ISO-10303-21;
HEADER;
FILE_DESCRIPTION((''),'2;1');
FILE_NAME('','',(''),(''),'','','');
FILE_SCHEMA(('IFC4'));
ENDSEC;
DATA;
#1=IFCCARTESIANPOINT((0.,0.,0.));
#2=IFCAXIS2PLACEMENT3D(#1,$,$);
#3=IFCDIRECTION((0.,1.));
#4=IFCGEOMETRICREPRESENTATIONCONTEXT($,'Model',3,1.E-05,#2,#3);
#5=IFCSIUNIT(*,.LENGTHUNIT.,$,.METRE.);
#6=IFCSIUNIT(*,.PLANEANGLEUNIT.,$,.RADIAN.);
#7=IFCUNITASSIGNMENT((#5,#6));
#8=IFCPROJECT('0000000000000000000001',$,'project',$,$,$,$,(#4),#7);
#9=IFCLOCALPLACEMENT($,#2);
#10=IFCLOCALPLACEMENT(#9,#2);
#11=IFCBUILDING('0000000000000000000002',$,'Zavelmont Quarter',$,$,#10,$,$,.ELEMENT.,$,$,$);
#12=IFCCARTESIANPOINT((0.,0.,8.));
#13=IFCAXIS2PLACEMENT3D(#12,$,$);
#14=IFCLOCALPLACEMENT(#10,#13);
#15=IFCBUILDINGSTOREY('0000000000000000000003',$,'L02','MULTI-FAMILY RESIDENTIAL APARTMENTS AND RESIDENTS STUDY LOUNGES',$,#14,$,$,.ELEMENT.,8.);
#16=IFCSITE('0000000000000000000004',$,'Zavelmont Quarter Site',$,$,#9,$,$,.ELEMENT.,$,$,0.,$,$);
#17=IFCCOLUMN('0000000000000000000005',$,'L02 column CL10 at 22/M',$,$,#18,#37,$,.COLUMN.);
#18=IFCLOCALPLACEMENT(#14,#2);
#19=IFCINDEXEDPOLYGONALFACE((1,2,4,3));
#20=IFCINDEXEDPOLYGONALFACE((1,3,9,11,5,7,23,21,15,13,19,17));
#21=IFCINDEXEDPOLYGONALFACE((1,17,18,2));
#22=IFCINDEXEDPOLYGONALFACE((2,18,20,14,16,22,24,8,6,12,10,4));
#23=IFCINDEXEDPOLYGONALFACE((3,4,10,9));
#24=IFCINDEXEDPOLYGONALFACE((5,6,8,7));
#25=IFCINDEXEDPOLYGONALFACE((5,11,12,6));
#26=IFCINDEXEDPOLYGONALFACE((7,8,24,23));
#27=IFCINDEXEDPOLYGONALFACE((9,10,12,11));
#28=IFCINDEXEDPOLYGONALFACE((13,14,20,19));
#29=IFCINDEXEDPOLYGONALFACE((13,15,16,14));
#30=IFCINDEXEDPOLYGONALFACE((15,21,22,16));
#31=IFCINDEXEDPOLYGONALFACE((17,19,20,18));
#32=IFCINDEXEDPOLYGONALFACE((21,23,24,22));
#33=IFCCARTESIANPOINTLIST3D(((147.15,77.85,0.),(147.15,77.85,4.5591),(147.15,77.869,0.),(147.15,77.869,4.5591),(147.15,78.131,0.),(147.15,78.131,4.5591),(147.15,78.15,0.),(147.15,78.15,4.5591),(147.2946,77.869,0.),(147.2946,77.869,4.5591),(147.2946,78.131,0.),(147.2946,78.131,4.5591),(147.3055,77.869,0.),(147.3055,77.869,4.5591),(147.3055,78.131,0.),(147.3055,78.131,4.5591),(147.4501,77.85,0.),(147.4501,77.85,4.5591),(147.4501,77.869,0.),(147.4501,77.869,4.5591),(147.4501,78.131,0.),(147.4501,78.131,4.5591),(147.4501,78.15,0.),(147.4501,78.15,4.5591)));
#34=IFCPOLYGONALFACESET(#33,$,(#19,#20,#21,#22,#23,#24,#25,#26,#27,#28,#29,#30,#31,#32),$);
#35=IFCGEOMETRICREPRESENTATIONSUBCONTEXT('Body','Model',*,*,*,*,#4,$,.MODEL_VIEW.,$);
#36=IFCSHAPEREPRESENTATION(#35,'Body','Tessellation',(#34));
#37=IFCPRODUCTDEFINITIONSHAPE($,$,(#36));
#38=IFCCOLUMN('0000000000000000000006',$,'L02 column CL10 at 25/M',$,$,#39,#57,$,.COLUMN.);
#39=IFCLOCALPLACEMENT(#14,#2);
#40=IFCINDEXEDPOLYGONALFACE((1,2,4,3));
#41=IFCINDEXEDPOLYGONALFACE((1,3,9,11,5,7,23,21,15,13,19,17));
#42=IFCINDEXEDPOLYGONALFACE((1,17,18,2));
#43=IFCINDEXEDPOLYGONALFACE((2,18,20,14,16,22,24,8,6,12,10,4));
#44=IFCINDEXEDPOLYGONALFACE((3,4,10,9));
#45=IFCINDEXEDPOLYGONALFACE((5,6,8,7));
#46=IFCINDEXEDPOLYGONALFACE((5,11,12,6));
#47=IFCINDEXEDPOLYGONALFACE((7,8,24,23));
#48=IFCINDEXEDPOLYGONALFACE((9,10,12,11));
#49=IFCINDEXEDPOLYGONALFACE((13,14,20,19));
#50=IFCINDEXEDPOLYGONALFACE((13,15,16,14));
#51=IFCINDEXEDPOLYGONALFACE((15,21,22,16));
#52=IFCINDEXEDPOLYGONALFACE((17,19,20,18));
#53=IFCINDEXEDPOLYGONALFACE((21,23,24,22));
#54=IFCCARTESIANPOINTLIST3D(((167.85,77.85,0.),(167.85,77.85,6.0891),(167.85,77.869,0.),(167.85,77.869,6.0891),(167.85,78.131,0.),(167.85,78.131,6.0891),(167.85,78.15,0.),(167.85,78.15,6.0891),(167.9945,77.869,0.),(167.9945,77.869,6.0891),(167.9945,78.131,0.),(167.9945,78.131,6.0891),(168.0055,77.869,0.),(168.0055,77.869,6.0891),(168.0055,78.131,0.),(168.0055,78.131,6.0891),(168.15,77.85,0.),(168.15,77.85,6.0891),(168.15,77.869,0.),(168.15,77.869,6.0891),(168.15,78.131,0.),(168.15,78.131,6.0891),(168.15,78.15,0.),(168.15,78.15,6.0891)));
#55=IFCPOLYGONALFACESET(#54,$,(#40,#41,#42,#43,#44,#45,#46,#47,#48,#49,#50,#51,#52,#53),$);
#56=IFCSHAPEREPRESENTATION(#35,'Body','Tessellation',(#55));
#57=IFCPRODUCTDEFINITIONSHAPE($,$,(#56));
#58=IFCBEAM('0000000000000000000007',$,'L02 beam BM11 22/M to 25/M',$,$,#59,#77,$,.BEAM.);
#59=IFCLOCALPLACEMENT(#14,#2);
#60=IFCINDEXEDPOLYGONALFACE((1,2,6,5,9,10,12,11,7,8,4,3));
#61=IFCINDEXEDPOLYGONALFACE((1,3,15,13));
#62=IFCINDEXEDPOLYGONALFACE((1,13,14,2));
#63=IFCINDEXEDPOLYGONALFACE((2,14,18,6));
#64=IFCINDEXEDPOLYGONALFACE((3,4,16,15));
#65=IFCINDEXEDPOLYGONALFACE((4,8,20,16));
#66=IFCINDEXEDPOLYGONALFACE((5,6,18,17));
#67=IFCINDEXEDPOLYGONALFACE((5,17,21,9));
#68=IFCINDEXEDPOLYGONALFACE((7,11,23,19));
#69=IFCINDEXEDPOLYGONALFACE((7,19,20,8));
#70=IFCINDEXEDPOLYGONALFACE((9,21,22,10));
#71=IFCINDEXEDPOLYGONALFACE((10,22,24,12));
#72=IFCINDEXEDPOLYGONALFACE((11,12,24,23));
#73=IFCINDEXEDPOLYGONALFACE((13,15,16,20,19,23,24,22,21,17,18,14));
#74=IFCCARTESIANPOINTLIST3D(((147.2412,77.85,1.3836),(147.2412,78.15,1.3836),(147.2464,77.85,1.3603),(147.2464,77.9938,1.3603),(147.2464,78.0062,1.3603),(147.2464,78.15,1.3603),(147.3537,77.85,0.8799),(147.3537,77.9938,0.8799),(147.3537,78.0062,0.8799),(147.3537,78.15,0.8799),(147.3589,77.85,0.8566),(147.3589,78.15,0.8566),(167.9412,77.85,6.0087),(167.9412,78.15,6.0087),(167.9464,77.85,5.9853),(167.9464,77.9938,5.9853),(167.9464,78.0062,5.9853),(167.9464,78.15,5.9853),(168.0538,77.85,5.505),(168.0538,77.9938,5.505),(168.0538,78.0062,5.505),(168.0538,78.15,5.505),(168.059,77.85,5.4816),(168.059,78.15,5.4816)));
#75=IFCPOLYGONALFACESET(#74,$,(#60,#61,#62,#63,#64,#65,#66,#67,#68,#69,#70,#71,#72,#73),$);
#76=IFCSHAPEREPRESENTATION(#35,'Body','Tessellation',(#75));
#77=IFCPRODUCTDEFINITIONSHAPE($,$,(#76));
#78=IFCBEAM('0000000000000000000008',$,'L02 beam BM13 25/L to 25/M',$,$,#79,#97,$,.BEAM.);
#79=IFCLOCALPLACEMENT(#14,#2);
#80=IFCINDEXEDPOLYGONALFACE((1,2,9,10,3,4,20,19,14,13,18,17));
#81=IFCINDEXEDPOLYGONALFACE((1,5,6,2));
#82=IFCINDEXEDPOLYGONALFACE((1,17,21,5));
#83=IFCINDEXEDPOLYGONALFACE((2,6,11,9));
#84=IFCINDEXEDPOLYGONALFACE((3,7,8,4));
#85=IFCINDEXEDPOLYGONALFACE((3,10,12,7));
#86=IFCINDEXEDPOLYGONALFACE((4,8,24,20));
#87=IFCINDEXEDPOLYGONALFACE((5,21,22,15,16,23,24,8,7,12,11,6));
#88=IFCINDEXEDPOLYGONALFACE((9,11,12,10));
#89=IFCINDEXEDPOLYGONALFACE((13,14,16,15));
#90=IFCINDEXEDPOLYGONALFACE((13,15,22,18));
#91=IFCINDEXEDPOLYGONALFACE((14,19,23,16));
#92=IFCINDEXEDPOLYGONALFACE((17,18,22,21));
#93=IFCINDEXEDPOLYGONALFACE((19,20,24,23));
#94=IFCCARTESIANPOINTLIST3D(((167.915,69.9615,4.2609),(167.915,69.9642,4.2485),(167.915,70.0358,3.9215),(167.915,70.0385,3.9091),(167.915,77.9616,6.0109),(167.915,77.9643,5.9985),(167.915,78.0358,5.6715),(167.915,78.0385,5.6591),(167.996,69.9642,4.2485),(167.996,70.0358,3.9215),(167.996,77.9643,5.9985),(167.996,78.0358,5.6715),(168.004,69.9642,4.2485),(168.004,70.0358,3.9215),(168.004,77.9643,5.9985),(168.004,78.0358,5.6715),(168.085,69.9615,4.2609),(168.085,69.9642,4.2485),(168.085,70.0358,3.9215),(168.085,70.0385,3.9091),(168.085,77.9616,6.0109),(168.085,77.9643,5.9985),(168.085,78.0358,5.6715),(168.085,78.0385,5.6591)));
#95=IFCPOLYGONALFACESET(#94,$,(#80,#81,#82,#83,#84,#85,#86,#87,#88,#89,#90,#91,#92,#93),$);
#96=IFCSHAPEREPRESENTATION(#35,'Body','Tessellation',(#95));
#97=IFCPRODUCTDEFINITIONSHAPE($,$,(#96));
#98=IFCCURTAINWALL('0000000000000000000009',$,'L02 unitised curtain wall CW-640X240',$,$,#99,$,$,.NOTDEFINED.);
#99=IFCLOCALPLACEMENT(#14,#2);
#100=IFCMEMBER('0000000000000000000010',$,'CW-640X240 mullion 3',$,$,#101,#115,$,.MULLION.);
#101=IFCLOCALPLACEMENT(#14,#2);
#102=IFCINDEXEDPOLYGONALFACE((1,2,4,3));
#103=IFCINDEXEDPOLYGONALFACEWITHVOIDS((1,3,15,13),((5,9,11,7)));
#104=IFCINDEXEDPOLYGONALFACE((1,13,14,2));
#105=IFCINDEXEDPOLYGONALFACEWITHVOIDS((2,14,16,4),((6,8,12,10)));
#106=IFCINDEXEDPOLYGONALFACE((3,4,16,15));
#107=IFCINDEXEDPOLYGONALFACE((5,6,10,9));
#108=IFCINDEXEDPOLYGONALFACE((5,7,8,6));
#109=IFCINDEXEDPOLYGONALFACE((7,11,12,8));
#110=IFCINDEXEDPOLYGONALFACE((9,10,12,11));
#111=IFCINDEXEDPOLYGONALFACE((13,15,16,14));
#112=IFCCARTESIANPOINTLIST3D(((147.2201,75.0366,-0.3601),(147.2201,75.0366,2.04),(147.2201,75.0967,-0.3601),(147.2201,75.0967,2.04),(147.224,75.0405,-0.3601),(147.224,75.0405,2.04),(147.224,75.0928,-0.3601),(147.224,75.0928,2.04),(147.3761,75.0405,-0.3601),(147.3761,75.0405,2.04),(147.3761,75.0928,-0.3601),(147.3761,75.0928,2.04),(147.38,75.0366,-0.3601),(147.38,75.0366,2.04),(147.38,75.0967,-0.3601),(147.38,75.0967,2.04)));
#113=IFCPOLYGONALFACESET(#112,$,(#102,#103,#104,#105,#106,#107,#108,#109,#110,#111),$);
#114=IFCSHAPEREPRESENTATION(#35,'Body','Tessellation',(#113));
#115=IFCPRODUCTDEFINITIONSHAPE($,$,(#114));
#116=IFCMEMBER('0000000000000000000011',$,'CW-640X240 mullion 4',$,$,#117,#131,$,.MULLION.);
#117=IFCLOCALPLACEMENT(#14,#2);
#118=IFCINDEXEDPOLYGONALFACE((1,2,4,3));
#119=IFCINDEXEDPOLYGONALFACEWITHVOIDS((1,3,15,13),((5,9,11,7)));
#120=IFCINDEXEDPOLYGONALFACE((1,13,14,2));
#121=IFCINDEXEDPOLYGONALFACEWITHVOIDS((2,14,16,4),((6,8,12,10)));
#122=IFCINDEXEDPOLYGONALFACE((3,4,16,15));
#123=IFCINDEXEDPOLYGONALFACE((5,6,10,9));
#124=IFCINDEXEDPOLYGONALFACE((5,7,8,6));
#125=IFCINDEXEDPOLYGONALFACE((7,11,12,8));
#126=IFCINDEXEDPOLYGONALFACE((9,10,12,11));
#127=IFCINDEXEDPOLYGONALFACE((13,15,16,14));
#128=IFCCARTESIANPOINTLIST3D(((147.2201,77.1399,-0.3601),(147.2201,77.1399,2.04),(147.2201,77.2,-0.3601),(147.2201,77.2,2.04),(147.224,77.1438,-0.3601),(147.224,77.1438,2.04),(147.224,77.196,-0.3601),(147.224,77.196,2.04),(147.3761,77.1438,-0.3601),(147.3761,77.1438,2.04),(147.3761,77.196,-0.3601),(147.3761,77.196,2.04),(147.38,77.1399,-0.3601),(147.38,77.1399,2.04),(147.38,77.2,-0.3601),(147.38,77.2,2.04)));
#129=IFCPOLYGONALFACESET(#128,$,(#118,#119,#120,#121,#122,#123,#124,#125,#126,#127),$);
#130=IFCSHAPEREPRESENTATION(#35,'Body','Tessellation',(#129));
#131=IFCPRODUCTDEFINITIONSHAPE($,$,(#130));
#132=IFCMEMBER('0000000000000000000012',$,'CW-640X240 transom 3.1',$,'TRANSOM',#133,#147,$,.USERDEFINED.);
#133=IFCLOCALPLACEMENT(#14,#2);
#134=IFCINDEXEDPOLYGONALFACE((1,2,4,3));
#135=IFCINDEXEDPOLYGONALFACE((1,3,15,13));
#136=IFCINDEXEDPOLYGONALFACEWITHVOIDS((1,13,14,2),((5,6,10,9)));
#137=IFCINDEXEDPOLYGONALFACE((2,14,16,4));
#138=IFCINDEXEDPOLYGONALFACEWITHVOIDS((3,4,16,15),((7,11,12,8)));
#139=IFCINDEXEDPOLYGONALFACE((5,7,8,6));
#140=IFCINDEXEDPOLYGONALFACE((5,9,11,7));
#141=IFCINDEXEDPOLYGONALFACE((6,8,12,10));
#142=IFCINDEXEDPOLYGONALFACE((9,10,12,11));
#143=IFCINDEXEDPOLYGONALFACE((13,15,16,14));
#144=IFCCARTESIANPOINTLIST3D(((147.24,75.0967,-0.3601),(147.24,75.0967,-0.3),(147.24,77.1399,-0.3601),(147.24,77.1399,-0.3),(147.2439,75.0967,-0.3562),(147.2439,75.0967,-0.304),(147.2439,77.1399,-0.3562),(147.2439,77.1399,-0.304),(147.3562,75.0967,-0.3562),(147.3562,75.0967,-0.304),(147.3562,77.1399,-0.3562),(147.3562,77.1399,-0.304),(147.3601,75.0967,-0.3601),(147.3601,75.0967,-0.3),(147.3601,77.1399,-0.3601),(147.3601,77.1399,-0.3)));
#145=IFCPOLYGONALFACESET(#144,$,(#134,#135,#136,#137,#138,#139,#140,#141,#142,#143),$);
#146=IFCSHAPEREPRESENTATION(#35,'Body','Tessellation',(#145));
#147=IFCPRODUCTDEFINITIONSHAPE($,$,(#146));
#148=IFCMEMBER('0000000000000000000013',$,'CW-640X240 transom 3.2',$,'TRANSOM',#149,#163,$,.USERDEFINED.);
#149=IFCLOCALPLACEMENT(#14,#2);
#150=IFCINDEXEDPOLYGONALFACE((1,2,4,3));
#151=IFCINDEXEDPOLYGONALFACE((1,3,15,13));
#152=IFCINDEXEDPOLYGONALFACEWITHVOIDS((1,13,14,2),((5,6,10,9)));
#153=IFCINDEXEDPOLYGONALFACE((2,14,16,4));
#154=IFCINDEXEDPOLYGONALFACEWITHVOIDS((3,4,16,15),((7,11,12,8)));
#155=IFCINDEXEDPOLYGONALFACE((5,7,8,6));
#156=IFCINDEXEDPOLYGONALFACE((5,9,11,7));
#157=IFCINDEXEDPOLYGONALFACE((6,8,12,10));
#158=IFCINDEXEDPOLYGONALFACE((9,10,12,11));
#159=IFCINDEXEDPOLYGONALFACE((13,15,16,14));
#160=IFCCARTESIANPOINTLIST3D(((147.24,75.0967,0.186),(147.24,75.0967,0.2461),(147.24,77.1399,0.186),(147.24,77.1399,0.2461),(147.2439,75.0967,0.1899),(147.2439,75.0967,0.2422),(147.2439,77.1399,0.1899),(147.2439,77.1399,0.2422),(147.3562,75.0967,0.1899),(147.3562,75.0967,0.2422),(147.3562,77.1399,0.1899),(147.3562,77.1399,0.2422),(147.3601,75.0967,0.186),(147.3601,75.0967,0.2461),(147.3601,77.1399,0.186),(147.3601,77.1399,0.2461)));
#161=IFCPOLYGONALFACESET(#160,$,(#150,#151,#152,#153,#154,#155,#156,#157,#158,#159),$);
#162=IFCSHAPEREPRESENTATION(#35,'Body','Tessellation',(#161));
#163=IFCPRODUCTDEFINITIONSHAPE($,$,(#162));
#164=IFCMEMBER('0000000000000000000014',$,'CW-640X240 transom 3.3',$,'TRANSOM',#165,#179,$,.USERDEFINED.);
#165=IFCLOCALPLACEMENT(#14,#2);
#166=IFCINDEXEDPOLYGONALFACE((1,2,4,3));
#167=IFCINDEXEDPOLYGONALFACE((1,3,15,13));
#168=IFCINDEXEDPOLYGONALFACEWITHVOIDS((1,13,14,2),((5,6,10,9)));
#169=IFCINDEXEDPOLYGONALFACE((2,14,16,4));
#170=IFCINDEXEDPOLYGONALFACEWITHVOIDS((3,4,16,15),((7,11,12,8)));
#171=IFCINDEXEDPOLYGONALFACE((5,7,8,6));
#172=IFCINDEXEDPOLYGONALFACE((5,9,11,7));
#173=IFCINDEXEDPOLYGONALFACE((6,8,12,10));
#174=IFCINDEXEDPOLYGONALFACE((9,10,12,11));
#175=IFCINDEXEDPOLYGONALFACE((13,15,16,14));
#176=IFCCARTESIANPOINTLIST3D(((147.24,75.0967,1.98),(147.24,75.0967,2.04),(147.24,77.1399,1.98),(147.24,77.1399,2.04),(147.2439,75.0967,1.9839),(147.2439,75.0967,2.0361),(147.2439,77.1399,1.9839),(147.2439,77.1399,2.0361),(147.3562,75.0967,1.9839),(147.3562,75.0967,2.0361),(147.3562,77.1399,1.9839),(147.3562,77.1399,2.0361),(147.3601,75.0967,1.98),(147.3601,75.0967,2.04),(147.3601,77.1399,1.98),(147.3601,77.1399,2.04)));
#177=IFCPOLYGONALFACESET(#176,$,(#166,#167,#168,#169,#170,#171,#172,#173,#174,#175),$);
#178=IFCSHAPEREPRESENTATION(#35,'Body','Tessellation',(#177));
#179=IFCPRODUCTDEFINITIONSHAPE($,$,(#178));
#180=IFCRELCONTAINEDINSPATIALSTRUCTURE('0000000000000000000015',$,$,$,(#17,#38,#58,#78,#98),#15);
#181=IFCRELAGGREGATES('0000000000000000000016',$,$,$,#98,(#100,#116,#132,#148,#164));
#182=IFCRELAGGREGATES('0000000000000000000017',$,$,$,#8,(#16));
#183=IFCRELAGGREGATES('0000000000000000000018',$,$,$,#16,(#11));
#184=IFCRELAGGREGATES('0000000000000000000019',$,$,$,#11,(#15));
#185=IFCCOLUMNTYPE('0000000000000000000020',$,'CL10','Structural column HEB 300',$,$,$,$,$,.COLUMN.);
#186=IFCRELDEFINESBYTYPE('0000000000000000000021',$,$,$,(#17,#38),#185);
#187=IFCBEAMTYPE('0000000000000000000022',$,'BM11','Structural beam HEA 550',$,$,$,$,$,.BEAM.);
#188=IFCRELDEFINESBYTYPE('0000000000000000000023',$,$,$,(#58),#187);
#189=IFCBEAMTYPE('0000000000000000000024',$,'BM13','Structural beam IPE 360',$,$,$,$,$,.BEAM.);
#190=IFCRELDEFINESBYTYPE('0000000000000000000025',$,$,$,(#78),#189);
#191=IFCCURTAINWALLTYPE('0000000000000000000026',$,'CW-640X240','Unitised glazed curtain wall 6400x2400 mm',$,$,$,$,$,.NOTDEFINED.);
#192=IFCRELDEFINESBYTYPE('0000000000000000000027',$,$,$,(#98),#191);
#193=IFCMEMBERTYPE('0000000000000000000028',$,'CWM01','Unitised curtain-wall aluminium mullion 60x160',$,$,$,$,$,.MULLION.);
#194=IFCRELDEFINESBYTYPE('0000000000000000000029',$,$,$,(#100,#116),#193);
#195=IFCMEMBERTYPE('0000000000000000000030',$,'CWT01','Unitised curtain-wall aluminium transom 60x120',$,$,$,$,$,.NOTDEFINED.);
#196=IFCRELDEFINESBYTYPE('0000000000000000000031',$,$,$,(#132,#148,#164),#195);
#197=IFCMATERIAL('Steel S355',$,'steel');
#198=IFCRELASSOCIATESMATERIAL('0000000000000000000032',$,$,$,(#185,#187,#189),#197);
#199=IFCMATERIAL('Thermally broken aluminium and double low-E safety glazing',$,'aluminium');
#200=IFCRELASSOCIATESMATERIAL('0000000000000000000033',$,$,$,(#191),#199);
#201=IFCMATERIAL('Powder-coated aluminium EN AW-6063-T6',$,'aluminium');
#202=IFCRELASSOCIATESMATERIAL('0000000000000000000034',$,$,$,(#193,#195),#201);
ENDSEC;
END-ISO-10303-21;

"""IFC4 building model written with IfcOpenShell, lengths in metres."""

from ifc_helpers import new_model, si_unit, direction, frame, origin, origin_2d, place, context, subcontext, project, spatial, hollow_rectangle, i_section, extrude, material, material_profile, profile_set, type_object, element, aggregate, save


model = new_model("IFC4")

# Units and contexts
model_context = context("Model", 3, precision=1e-05, world=origin(), true_north=direction((0.0, 1.0)))
body_context = subcontext(model_context, "Body", "Model", "MODEL_VIEW")
ifc_project = project(units=[si_unit("LENGTHUNIT", "METRE"), si_unit("PLANEANGLEUNIT", "RADIAN")], contexts=[model_context])

# Site, building, storey
site_placement = place(None, origin())
site = spatial("IfcSite", under=ifc_project, at=site_placement, Name="Zavelmont Quarter Site", CompositionType="ELEMENT", RefElevation=0.0)
building_placement = place(site_placement, origin())
building = spatial("IfcBuilding", under=site, at=building_placement, Name="Zavelmont Quarter", CompositionType="ELEMENT")
storey_placement = place(building_placement, frame((0.0, 0.0, 8.0)))
storey = spatial("IfcBuildingStorey", under=building, at=storey_placement, Name="L02", Description="MULTI-FAMILY RESIDENTIAL APARTMENTS AND RESIDENTS STUDY LOUNGES", CompositionType="ELEMENT", Elevation=8.0)

# Columns
ifc_material_1 = material(Name="Steel S355", Category="steel")
ifc_material_profile_1 = material_profile(ifc_material_1, i_section(OverallWidth=0.3, OverallDepth=0.3, WebThickness=0.011, FlangeThickness=0.019, at=origin_2d()), Name="HEB 300")
ifc_profile_set_1 = profile_set([ifc_material_profile_1], Name="Steel S355")
column_type = type_object("IfcColumnType", Name="CL10", Description="Structural column HEB 300", PredefinedType="COLUMN", material=ifc_profile_set_1)
column_1_placement = place(storey_placement, frame((147.3, 78.0, 0.0), z_axis=(0.0, 0.0, 1.0), x_axis=(1.0, 0.0, 0.0)))
element("IfcColumn", 1, at=column_1_placement, inside=storey, type_object=column_type, Name="L02 column CL10 at 22/M", PredefinedType="COLUMN", context=body_context, shape_type="SweptSolid", body=[
    extrude(i_section(OverallWidth=0.3, OverallDepth=0.3, WebThickness=0.011, FlangeThickness=0.019, at=origin_2d()), origin(), (0.0, 0.0, 1.0), 4.5591),
])
column_2_placement = place(storey_placement, frame((168.0, 78.0, 0.0), z_axis=(0.0, 0.0, 1.0), x_axis=(1.0, 0.0, 0.0)))
element("IfcColumn", 2, at=column_2_placement, inside=storey, type_object=column_type, Name="L02 column CL10 at 25/M", PredefinedType="COLUMN", context=body_context, shape_type="SweptSolid", body=[
    extrude(i_section(OverallWidth=0.3, OverallDepth=0.3, WebThickness=0.011, FlangeThickness=0.019, at=origin_2d()), origin(), (0.0, 0.0, 1.0), 6.0891),
])

# Beams
ifc_material_profile_2 = material_profile(ifc_material_1, i_section(OverallWidth=0.3, OverallDepth=0.54, WebThickness=0.0125, FlangeThickness=0.0239, at=origin_2d()), Name="HEA 550")
ifc_profile_set_2 = profile_set([ifc_material_profile_2], Name="Steel S355")
beam_type_1 = type_object("IfcBeamType", Name="BM11", Description="Structural beam HEA 550", PredefinedType="BEAM", material=ifc_profile_set_2)
beam_1_placement = place(storey_placement, frame((147.3, 78.0, 1.1201), z_axis=(0.975937, 0.0, 0.218054), x_axis=(0.0, 1.0, 0.0)))
element("IfcBeam", 3, at=beam_1_placement, inside=storey, type_object=beam_type_1, Name="L02 beam BM11 22/M to 25/M", PredefinedType="BEAM", context=body_context, shape_type="SweptSolid", body=[
    extrude(i_section(OverallWidth=0.3, OverallDepth=0.54, WebThickness=0.0125, FlangeThickness=0.0239, at=origin_2d()), origin(), (0.0, 0.0, 1.0), 21.2104),
])
ifc_material_profile_3 = material_profile(ifc_material_1, i_section(OverallWidth=0.1699, OverallDepth=0.3601, WebThickness=0.0081, FlangeThickness=0.0127, at=origin_2d()), Name="IPE 360")
ifc_profile_set_3 = profile_set([ifc_material_profile_3], Name="Steel S355")
beam_type_2 = type_object("IfcBeamType", Name="BM13", Description="Structural beam IPE 360", PredefinedType="BEAM", material=ifc_profile_set_3)
beam_2_placement = place(storey_placement, frame((168.0, 70.0, 4.085), z_axis=(0.0, 0.9769, 0.213697), x_axis=(-1.0, 0.0, 0.0)))
element("IfcBeam", 4, at=beam_2_placement, inside=storey, type_object=beam_type_2, Name="L02 beam BM13 25/L to 25/M", PredefinedType="BEAM", context=body_context, shape_type="SweptSolid", body=[
    extrude(i_section(OverallWidth=0.1699, OverallDepth=0.3601, WebThickness=0.0081, FlangeThickness=0.0127, at=origin_2d()), origin(), (0.0, 0.0, 1.0), 8.1892),
])

# Curtain wall, members
ifc_material_2 = material(Name="Thermally broken aluminium and double low-E safety glazing", Category="aluminium")
curtain_wall_type = type_object("IfcCurtainWallType", Name="CW-640X240", Description="Unitised glazed curtain wall 6400x2400 mm", PredefinedType="NOTDEFINED", material=ifc_material_2)
curtain_wall_placement = place(storey_placement, origin())
curtain_wall = element("IfcCurtainWall", 5, at=curtain_wall_placement, inside=storey, type_object=curtain_wall_type, Name="L02 unitised curtain wall CW-640X240", PredefinedType="NOTDEFINED")
ifc_material_3 = material(Name="Powder-coated aluminium EN AW-6063-T6", Category="aluminium")
ifc_material_profile_4 = material_profile(ifc_material_3, hollow_rectangle(XDim=0.0601, YDim=0.1599, WallThickness=0.0039, at=origin_2d()), Name="CWM60X160")
ifc_profile_set_4 = profile_set([ifc_material_profile_4], Name="Powder-coated aluminium EN AW-6063-T6")
member_type_1 = type_object("IfcMemberType", Name="CWM01", Description="Unitised curtain-wall aluminium mullion 60x160", PredefinedType="MULLION", material=ifc_profile_set_4)
member_1_placement = place(storey_placement, frame((147.3, 75.0667, -0.3601), z_axis=(0.0, 0.0, 1.0), x_axis=(0.0, 1.0, 0.0)))
member_1 = element("IfcMember", 6, at=member_1_placement, type_object=member_type_1, Name="CW-640X240 mullion 3", PredefinedType="MULLION", context=body_context, shape_type="SweptSolid", body=[
    extrude(hollow_rectangle(XDim=0.0601, YDim=0.1599, WallThickness=0.0039, at=origin_2d()), origin(), (0.0, 0.0, 1.0), 2.4001),
])
member_2_placement = place(storey_placement, frame((147.3, 77.1699, -0.3601), z_axis=(0.0, 0.0, 1.0), x_axis=(0.0, 1.0, 0.0)))
member_2 = element("IfcMember", 7, at=member_2_placement, type_object=member_type_1, Name="CW-640X240 mullion 4", PredefinedType="MULLION", context=body_context, shape_type="SweptSolid", body=[
    extrude(hollow_rectangle(XDim=0.0601, YDim=0.1599, WallThickness=0.0039, at=origin_2d()), origin(), (0.0, 0.0, 1.0), 2.4001),
])
ifc_material_profile_5 = material_profile(ifc_material_3, hollow_rectangle(XDim=0.1201, YDim=0.0601, WallThickness=0.0039, at=origin_2d()), Name="CWT60X120")
ifc_profile_set_5 = profile_set([ifc_material_profile_5], Name="Powder-coated aluminium EN AW-6063-T6")
member_type_2 = type_object("IfcMemberType", Name="CWT01", Description="Unitised curtain-wall aluminium transom 60x120", PredefinedType="NOTDEFINED", material=ifc_profile_set_5)
member_3_placement = place(storey_placement, frame((147.3, 75.0967, -0.3301), z_axis=(0.0, 1.0, 0.0), x_axis=(-1.0, 0.0, 0.0)))
member_3 = element("IfcMember", 8, at=member_3_placement, type_object=member_type_2, Name="CW-640X240 transom 3.1", ObjectType="TRANSOM", PredefinedType="USERDEFINED", context=body_context, shape_type="SweptSolid", body=[
    extrude(hollow_rectangle(XDim=0.1201, YDim=0.0601, WallThickness=0.0039, at=origin_2d()), origin(), (0.0, 0.0, 1.0), 2.0432),
])
member_4_placement = place(storey_placement, frame((147.3, 75.0967, 0.2161), z_axis=(0.0, 1.0, 0.0), x_axis=(-1.0, 0.0, 0.0)))
member_4 = element("IfcMember", 9, at=member_4_placement, type_object=member_type_2, Name="CW-640X240 transom 3.2", ObjectType="TRANSOM", PredefinedType="USERDEFINED", context=body_context, shape_type="SweptSolid", body=[
    extrude(hollow_rectangle(XDim=0.1201, YDim=0.0601, WallThickness=0.0039, at=origin_2d()), origin(), (0.0, 0.0, 1.0), 2.0432),
])
member_5_placement = place(storey_placement, frame((147.3, 75.0967, 2.01), z_axis=(0.0, 1.0, 0.0), x_axis=(-1.0, 0.0, 0.0)))
member_5 = element("IfcMember", 10, at=member_5_placement, type_object=member_type_2, Name="CW-640X240 transom 3.3", ObjectType="TRANSOM", PredefinedType="USERDEFINED", context=body_context, shape_type="SweptSolid", body=[
    extrude(hollow_rectangle(XDim=0.1201, YDim=0.0601, WallThickness=0.0039, at=origin_2d()), origin(), (0.0, 0.0, 1.0), 2.0432),
])
aggregate(curtain_wall, [member_1, member_2, member_3, member_4, member_5])

save(model, "model.ifc")
